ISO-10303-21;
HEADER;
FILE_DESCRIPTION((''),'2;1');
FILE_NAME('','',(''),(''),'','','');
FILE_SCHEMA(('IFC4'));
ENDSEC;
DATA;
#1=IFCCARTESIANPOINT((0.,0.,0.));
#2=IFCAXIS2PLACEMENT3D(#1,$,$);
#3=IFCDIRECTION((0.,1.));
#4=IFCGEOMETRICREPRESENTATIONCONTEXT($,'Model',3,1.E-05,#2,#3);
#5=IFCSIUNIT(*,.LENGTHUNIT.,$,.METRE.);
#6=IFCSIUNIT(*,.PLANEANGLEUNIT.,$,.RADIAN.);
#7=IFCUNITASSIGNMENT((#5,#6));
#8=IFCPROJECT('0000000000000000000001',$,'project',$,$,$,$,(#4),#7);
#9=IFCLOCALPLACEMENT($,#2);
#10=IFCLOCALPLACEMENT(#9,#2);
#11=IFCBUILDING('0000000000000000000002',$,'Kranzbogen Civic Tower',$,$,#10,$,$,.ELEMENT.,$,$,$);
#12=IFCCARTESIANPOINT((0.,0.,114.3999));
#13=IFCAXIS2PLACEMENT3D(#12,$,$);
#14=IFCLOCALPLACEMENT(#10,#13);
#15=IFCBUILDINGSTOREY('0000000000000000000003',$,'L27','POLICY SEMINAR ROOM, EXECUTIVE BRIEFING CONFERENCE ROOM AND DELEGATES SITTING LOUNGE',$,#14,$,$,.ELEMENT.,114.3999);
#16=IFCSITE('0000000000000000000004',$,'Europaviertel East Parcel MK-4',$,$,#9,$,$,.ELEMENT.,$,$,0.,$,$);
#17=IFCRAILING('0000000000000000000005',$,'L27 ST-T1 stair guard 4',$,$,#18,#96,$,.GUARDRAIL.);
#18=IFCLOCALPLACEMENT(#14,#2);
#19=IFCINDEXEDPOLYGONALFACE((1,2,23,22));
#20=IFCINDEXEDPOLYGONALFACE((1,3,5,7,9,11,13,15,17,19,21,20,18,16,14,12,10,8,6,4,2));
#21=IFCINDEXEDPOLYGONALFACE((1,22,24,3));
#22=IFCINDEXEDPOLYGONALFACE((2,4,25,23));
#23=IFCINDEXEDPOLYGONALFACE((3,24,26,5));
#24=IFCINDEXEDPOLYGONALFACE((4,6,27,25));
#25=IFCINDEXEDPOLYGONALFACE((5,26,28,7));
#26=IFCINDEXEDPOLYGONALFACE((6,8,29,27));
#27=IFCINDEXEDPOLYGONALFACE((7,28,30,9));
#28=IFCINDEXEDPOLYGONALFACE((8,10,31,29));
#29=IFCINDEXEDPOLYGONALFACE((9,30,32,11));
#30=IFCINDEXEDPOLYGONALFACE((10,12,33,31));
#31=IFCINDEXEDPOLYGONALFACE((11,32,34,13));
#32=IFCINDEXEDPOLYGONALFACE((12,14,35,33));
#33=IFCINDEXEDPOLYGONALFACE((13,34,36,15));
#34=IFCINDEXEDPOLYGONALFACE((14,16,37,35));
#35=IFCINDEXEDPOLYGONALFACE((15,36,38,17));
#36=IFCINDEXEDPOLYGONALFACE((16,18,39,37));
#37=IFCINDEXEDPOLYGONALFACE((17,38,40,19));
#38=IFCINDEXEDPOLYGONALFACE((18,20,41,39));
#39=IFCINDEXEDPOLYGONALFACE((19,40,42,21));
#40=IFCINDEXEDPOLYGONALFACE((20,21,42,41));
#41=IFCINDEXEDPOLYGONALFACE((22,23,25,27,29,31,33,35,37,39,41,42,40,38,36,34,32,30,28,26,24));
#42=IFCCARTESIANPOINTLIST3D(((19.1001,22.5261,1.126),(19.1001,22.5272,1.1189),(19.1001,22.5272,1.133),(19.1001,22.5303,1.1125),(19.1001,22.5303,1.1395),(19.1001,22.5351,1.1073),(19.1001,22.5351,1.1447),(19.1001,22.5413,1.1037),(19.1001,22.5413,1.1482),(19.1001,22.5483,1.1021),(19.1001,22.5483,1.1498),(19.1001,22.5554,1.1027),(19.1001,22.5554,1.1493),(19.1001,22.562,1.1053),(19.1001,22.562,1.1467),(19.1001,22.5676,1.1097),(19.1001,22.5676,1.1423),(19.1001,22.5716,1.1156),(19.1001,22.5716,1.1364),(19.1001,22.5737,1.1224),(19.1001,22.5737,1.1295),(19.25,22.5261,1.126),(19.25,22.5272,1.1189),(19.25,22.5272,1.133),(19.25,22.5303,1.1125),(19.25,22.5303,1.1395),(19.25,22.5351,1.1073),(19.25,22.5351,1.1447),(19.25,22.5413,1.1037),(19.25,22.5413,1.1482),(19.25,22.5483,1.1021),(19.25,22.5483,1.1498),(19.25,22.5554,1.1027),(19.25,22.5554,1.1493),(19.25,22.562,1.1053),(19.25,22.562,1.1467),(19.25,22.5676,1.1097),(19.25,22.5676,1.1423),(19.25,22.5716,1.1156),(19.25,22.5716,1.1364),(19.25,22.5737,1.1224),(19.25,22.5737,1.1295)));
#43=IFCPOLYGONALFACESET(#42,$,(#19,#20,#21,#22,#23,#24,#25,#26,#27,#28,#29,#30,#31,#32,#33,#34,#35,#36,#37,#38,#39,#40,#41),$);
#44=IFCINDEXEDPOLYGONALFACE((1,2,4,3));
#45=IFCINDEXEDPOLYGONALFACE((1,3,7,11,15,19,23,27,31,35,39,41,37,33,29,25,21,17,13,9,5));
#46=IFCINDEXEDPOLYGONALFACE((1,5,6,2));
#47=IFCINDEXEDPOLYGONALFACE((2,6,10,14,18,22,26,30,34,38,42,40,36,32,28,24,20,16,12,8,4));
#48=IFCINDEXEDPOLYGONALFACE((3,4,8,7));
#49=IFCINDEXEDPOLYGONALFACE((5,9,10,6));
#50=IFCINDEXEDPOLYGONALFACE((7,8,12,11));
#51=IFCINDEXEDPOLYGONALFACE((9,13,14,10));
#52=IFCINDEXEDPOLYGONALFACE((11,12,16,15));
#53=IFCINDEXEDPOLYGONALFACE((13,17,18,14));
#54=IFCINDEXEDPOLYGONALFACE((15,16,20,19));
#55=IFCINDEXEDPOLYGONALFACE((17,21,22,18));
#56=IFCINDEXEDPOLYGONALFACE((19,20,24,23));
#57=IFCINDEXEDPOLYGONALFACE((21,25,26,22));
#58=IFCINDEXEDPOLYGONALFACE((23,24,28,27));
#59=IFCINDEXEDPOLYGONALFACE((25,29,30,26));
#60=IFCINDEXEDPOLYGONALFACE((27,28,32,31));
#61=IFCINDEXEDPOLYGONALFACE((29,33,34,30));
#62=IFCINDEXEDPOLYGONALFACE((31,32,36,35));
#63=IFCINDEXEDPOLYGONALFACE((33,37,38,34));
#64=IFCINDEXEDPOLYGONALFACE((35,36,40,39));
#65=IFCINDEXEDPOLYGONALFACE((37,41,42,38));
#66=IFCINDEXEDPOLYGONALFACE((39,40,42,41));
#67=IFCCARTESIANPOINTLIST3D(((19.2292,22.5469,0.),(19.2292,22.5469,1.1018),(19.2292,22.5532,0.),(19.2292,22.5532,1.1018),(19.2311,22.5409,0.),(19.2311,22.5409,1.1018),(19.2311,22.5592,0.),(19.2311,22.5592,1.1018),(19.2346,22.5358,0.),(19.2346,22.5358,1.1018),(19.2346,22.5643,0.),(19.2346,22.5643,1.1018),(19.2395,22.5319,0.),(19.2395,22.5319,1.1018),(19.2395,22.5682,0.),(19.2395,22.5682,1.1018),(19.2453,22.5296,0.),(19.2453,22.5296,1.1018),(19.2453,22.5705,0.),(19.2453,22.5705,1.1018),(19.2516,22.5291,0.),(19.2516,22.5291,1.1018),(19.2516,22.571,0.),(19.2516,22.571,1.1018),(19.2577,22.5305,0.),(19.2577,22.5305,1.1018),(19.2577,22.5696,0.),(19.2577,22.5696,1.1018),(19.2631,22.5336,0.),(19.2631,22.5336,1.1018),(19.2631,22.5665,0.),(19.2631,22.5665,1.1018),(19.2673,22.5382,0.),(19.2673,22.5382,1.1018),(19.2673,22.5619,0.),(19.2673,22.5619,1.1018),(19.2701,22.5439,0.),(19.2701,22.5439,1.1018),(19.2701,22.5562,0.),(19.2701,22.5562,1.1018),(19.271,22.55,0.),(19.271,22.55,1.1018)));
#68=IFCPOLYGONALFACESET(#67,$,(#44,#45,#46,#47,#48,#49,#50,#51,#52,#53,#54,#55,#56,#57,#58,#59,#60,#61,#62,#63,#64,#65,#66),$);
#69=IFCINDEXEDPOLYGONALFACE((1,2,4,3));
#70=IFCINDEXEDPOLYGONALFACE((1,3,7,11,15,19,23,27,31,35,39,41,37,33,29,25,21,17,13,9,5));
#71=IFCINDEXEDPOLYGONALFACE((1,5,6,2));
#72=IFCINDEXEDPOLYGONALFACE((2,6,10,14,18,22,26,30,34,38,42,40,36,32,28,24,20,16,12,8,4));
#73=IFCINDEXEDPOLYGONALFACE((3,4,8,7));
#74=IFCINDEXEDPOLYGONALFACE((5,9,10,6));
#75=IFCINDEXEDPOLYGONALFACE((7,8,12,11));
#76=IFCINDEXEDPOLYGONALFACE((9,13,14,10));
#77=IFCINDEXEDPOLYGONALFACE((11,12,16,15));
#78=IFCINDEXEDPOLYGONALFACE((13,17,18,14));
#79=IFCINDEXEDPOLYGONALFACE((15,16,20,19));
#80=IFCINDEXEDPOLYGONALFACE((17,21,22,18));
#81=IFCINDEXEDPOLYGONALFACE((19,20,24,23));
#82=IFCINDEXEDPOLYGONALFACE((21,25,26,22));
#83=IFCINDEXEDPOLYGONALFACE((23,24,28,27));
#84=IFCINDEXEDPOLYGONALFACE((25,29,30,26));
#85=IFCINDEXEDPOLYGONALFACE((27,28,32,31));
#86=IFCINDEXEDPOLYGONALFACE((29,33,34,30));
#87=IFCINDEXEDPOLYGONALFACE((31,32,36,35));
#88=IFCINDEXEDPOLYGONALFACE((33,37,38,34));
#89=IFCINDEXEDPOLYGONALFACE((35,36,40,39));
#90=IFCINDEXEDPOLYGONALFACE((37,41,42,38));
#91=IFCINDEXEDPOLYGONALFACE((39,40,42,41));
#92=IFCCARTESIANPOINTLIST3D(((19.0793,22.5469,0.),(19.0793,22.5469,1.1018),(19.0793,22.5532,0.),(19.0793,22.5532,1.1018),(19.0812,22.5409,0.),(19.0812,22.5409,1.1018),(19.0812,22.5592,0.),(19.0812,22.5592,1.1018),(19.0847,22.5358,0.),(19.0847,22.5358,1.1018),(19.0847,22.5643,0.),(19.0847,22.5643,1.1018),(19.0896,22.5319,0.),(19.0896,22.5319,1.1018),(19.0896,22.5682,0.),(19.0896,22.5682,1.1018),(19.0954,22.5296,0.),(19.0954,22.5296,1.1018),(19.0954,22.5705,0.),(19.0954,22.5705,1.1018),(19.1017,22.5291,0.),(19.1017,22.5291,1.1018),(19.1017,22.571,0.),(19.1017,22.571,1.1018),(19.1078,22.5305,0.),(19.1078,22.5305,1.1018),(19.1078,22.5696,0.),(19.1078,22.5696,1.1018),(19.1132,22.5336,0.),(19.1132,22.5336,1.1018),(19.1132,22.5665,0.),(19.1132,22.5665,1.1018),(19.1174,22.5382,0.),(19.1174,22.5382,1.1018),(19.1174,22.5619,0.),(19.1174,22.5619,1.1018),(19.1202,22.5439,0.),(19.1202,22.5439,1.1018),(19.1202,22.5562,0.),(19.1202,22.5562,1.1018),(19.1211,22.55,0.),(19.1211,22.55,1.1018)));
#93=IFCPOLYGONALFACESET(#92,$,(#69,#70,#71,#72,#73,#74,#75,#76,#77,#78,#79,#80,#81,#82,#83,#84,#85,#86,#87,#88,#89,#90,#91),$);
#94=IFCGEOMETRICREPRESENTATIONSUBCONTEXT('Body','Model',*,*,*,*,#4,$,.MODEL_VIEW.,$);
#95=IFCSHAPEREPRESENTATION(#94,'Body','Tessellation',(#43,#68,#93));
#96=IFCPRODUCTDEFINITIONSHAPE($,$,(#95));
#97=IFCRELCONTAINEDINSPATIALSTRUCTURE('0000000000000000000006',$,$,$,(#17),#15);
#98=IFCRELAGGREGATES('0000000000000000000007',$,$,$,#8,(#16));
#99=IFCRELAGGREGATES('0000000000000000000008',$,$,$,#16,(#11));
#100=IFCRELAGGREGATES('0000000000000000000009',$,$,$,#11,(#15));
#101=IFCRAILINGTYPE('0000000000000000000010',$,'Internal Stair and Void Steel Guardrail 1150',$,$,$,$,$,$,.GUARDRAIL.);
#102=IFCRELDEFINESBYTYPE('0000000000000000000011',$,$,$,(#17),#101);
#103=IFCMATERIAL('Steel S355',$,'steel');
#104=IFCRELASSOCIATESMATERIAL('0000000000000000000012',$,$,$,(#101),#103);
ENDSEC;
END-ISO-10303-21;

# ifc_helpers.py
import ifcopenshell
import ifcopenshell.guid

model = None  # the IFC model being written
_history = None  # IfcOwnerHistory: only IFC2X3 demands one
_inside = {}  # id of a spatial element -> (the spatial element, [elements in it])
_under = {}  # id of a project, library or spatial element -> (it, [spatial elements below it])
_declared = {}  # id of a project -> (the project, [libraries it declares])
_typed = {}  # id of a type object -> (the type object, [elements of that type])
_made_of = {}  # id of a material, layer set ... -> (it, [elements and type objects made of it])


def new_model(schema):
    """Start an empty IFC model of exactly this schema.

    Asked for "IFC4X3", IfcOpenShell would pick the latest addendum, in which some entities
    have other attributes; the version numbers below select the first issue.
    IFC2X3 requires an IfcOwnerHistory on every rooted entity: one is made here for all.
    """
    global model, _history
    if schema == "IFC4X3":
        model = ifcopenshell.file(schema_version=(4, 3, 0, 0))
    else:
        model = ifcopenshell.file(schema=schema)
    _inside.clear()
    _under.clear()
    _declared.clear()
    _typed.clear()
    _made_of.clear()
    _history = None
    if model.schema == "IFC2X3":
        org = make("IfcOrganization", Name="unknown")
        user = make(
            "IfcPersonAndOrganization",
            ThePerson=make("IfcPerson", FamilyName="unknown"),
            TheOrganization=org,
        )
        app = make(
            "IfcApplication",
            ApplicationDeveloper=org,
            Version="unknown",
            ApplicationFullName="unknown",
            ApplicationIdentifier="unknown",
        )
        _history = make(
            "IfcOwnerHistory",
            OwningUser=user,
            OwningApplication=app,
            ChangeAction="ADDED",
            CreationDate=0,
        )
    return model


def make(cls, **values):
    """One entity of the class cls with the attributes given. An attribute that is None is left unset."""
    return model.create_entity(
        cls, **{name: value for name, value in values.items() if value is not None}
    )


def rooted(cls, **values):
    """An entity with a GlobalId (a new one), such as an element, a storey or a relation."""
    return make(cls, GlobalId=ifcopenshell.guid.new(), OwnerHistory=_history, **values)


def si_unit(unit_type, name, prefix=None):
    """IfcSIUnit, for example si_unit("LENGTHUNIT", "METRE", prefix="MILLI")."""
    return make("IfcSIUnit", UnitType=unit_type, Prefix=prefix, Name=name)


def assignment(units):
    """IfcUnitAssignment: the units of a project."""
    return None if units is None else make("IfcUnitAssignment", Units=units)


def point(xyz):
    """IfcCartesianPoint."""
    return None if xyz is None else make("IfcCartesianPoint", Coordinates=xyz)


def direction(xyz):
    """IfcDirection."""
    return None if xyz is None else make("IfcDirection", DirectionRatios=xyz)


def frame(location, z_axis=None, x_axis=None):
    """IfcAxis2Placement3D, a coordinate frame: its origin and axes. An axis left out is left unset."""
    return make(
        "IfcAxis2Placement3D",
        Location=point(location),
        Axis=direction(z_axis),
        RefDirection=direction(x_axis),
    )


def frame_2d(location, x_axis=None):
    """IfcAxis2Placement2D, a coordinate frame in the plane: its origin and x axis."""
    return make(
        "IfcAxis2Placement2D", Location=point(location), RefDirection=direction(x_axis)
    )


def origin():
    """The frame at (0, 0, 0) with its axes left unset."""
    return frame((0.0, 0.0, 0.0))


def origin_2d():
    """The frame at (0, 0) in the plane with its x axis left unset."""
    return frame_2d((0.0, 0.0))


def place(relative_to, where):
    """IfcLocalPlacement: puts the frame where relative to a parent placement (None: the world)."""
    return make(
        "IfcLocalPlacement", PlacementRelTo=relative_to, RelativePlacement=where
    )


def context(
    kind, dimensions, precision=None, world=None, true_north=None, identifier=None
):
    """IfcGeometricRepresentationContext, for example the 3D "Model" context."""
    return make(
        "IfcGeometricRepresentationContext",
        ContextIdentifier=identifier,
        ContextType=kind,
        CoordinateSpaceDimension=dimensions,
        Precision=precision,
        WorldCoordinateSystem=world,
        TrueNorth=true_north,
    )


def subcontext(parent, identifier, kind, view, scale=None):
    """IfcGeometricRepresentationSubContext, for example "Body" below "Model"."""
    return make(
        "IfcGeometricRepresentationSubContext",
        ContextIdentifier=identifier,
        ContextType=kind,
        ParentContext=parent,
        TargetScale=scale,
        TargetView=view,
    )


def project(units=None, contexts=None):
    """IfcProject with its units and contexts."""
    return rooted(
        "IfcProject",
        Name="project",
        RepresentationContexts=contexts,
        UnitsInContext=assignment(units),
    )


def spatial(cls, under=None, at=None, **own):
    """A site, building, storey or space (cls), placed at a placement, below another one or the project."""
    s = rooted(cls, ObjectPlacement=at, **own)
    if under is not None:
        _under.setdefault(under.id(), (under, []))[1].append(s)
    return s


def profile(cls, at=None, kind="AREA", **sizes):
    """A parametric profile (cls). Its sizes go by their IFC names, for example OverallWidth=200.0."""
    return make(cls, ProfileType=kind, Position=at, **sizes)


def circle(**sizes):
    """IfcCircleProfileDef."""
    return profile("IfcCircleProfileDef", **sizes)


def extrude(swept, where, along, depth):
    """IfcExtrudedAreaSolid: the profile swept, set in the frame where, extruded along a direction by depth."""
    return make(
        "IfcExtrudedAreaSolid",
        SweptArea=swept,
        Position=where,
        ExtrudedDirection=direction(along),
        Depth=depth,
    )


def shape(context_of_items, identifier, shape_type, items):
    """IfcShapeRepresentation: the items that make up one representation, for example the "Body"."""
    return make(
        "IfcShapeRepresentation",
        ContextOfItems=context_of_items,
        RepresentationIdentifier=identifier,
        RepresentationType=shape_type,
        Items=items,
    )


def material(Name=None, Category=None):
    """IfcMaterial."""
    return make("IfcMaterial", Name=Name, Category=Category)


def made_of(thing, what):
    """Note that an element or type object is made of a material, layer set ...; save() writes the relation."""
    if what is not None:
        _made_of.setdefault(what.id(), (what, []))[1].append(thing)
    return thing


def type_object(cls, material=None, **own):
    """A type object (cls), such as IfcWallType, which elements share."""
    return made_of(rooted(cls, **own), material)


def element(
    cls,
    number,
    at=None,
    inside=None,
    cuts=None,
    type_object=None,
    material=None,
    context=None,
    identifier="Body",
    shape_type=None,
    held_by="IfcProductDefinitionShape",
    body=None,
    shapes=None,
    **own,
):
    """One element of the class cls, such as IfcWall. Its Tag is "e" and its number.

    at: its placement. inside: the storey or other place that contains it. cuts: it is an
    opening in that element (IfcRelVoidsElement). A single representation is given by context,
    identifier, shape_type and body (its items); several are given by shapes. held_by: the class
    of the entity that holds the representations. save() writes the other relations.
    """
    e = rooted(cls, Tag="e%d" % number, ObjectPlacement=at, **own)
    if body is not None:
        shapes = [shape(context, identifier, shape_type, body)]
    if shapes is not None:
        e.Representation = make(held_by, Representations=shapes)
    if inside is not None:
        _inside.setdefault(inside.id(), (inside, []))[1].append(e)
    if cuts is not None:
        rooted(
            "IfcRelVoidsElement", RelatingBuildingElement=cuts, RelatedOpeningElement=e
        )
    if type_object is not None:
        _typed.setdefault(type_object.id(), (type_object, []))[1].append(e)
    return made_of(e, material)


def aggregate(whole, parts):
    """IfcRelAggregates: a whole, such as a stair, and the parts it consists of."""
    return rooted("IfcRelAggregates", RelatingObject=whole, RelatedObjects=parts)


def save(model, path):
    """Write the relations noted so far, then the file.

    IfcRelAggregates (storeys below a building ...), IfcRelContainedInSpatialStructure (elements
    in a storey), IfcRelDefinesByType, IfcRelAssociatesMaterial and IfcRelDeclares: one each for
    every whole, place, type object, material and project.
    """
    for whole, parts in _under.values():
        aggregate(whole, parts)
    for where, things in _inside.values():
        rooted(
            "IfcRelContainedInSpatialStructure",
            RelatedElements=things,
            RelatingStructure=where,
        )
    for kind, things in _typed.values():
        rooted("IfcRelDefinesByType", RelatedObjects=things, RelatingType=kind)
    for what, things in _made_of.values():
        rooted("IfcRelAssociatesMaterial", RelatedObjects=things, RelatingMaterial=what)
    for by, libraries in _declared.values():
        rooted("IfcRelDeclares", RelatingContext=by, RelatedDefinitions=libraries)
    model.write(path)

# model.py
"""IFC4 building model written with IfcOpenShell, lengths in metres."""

from ifc_helpers import new_model, si_unit, direction, frame, origin, origin_2d, place, context, subcontext, project, spatial, circle, extrude, material, type_object, element, save


model = new_model("IFC4")

# Units and contexts
model_context = context("Model", 3, precision=1e-05, world=origin(), true_north=direction((0.0, 1.0)))
body_context = subcontext(model_context, "Body", "Model", "MODEL_VIEW")
ifc_project = project(units=[si_unit("LENGTHUNIT", "METRE"), si_unit("PLANEANGLEUNIT", "RADIAN")], contexts=[model_context])

# Site, building, storey
site_placement = place(None, origin())
site = spatial("IfcSite", under=ifc_project, at=site_placement, Name="Europaviertel East Parcel MK-4", CompositionType="ELEMENT", RefElevation=0.0)
building_placement = place(site_placement, origin())
building = spatial("IfcBuilding", under=site, at=building_placement, Name="Kranzbogen Civic Tower", CompositionType="ELEMENT")
storey_placement = place(building_placement, frame((0.0, 0.0, 114.3999)))
storey = spatial("IfcBuildingStorey", under=building, at=storey_placement, Name="L27", Description="POLICY SEMINAR ROOM, EXECUTIVE BRIEFING CONFERENCE ROOM AND DELEGATES SITTING LOUNGE", CompositionType="ELEMENT", Elevation=114.3999)

# Shared definitions
ifc_material_1 = material(Name="Steel S355", Category="steel")

# Railing
railing_type_1 = type_object("IfcRailingType", Name="Internal Stair and Void Steel Guardrail 1150", PredefinedType="GUARDRAIL", material=ifc_material_1)
railing_1_placement = place(storey_placement, frame((19.25, 22.55, 0.0)))
element("IfcRailing", 1, at=railing_1_placement, inside=storey, type_object=railing_type_1, Name="L27 ST-T1 stair guard 4", PredefinedType="GUARDRAIL", context=body_context, shape_type="SweptSolid", body=[
    extrude(circle(Radius=0.0239, at=origin_2d()), frame((0.0, 0.0, 1.126), z_axis=(-1.0, 0.0, 0.0), x_axis=(0.0, -1.0, 0.0)), (0.0, 0.0, 1.0), 0.1499),
    extrude(circle(Radius=0.021, at=origin_2d()), origin(), (0.0, 0.0, 1.0), 1.1018),
    extrude(circle(Radius=0.021, at=origin_2d()), frame((-0.1499, 0.0, 0.0)), (0.0, 0.0, 1.0), 1.1018),
])

save(model, "model.ifc")
